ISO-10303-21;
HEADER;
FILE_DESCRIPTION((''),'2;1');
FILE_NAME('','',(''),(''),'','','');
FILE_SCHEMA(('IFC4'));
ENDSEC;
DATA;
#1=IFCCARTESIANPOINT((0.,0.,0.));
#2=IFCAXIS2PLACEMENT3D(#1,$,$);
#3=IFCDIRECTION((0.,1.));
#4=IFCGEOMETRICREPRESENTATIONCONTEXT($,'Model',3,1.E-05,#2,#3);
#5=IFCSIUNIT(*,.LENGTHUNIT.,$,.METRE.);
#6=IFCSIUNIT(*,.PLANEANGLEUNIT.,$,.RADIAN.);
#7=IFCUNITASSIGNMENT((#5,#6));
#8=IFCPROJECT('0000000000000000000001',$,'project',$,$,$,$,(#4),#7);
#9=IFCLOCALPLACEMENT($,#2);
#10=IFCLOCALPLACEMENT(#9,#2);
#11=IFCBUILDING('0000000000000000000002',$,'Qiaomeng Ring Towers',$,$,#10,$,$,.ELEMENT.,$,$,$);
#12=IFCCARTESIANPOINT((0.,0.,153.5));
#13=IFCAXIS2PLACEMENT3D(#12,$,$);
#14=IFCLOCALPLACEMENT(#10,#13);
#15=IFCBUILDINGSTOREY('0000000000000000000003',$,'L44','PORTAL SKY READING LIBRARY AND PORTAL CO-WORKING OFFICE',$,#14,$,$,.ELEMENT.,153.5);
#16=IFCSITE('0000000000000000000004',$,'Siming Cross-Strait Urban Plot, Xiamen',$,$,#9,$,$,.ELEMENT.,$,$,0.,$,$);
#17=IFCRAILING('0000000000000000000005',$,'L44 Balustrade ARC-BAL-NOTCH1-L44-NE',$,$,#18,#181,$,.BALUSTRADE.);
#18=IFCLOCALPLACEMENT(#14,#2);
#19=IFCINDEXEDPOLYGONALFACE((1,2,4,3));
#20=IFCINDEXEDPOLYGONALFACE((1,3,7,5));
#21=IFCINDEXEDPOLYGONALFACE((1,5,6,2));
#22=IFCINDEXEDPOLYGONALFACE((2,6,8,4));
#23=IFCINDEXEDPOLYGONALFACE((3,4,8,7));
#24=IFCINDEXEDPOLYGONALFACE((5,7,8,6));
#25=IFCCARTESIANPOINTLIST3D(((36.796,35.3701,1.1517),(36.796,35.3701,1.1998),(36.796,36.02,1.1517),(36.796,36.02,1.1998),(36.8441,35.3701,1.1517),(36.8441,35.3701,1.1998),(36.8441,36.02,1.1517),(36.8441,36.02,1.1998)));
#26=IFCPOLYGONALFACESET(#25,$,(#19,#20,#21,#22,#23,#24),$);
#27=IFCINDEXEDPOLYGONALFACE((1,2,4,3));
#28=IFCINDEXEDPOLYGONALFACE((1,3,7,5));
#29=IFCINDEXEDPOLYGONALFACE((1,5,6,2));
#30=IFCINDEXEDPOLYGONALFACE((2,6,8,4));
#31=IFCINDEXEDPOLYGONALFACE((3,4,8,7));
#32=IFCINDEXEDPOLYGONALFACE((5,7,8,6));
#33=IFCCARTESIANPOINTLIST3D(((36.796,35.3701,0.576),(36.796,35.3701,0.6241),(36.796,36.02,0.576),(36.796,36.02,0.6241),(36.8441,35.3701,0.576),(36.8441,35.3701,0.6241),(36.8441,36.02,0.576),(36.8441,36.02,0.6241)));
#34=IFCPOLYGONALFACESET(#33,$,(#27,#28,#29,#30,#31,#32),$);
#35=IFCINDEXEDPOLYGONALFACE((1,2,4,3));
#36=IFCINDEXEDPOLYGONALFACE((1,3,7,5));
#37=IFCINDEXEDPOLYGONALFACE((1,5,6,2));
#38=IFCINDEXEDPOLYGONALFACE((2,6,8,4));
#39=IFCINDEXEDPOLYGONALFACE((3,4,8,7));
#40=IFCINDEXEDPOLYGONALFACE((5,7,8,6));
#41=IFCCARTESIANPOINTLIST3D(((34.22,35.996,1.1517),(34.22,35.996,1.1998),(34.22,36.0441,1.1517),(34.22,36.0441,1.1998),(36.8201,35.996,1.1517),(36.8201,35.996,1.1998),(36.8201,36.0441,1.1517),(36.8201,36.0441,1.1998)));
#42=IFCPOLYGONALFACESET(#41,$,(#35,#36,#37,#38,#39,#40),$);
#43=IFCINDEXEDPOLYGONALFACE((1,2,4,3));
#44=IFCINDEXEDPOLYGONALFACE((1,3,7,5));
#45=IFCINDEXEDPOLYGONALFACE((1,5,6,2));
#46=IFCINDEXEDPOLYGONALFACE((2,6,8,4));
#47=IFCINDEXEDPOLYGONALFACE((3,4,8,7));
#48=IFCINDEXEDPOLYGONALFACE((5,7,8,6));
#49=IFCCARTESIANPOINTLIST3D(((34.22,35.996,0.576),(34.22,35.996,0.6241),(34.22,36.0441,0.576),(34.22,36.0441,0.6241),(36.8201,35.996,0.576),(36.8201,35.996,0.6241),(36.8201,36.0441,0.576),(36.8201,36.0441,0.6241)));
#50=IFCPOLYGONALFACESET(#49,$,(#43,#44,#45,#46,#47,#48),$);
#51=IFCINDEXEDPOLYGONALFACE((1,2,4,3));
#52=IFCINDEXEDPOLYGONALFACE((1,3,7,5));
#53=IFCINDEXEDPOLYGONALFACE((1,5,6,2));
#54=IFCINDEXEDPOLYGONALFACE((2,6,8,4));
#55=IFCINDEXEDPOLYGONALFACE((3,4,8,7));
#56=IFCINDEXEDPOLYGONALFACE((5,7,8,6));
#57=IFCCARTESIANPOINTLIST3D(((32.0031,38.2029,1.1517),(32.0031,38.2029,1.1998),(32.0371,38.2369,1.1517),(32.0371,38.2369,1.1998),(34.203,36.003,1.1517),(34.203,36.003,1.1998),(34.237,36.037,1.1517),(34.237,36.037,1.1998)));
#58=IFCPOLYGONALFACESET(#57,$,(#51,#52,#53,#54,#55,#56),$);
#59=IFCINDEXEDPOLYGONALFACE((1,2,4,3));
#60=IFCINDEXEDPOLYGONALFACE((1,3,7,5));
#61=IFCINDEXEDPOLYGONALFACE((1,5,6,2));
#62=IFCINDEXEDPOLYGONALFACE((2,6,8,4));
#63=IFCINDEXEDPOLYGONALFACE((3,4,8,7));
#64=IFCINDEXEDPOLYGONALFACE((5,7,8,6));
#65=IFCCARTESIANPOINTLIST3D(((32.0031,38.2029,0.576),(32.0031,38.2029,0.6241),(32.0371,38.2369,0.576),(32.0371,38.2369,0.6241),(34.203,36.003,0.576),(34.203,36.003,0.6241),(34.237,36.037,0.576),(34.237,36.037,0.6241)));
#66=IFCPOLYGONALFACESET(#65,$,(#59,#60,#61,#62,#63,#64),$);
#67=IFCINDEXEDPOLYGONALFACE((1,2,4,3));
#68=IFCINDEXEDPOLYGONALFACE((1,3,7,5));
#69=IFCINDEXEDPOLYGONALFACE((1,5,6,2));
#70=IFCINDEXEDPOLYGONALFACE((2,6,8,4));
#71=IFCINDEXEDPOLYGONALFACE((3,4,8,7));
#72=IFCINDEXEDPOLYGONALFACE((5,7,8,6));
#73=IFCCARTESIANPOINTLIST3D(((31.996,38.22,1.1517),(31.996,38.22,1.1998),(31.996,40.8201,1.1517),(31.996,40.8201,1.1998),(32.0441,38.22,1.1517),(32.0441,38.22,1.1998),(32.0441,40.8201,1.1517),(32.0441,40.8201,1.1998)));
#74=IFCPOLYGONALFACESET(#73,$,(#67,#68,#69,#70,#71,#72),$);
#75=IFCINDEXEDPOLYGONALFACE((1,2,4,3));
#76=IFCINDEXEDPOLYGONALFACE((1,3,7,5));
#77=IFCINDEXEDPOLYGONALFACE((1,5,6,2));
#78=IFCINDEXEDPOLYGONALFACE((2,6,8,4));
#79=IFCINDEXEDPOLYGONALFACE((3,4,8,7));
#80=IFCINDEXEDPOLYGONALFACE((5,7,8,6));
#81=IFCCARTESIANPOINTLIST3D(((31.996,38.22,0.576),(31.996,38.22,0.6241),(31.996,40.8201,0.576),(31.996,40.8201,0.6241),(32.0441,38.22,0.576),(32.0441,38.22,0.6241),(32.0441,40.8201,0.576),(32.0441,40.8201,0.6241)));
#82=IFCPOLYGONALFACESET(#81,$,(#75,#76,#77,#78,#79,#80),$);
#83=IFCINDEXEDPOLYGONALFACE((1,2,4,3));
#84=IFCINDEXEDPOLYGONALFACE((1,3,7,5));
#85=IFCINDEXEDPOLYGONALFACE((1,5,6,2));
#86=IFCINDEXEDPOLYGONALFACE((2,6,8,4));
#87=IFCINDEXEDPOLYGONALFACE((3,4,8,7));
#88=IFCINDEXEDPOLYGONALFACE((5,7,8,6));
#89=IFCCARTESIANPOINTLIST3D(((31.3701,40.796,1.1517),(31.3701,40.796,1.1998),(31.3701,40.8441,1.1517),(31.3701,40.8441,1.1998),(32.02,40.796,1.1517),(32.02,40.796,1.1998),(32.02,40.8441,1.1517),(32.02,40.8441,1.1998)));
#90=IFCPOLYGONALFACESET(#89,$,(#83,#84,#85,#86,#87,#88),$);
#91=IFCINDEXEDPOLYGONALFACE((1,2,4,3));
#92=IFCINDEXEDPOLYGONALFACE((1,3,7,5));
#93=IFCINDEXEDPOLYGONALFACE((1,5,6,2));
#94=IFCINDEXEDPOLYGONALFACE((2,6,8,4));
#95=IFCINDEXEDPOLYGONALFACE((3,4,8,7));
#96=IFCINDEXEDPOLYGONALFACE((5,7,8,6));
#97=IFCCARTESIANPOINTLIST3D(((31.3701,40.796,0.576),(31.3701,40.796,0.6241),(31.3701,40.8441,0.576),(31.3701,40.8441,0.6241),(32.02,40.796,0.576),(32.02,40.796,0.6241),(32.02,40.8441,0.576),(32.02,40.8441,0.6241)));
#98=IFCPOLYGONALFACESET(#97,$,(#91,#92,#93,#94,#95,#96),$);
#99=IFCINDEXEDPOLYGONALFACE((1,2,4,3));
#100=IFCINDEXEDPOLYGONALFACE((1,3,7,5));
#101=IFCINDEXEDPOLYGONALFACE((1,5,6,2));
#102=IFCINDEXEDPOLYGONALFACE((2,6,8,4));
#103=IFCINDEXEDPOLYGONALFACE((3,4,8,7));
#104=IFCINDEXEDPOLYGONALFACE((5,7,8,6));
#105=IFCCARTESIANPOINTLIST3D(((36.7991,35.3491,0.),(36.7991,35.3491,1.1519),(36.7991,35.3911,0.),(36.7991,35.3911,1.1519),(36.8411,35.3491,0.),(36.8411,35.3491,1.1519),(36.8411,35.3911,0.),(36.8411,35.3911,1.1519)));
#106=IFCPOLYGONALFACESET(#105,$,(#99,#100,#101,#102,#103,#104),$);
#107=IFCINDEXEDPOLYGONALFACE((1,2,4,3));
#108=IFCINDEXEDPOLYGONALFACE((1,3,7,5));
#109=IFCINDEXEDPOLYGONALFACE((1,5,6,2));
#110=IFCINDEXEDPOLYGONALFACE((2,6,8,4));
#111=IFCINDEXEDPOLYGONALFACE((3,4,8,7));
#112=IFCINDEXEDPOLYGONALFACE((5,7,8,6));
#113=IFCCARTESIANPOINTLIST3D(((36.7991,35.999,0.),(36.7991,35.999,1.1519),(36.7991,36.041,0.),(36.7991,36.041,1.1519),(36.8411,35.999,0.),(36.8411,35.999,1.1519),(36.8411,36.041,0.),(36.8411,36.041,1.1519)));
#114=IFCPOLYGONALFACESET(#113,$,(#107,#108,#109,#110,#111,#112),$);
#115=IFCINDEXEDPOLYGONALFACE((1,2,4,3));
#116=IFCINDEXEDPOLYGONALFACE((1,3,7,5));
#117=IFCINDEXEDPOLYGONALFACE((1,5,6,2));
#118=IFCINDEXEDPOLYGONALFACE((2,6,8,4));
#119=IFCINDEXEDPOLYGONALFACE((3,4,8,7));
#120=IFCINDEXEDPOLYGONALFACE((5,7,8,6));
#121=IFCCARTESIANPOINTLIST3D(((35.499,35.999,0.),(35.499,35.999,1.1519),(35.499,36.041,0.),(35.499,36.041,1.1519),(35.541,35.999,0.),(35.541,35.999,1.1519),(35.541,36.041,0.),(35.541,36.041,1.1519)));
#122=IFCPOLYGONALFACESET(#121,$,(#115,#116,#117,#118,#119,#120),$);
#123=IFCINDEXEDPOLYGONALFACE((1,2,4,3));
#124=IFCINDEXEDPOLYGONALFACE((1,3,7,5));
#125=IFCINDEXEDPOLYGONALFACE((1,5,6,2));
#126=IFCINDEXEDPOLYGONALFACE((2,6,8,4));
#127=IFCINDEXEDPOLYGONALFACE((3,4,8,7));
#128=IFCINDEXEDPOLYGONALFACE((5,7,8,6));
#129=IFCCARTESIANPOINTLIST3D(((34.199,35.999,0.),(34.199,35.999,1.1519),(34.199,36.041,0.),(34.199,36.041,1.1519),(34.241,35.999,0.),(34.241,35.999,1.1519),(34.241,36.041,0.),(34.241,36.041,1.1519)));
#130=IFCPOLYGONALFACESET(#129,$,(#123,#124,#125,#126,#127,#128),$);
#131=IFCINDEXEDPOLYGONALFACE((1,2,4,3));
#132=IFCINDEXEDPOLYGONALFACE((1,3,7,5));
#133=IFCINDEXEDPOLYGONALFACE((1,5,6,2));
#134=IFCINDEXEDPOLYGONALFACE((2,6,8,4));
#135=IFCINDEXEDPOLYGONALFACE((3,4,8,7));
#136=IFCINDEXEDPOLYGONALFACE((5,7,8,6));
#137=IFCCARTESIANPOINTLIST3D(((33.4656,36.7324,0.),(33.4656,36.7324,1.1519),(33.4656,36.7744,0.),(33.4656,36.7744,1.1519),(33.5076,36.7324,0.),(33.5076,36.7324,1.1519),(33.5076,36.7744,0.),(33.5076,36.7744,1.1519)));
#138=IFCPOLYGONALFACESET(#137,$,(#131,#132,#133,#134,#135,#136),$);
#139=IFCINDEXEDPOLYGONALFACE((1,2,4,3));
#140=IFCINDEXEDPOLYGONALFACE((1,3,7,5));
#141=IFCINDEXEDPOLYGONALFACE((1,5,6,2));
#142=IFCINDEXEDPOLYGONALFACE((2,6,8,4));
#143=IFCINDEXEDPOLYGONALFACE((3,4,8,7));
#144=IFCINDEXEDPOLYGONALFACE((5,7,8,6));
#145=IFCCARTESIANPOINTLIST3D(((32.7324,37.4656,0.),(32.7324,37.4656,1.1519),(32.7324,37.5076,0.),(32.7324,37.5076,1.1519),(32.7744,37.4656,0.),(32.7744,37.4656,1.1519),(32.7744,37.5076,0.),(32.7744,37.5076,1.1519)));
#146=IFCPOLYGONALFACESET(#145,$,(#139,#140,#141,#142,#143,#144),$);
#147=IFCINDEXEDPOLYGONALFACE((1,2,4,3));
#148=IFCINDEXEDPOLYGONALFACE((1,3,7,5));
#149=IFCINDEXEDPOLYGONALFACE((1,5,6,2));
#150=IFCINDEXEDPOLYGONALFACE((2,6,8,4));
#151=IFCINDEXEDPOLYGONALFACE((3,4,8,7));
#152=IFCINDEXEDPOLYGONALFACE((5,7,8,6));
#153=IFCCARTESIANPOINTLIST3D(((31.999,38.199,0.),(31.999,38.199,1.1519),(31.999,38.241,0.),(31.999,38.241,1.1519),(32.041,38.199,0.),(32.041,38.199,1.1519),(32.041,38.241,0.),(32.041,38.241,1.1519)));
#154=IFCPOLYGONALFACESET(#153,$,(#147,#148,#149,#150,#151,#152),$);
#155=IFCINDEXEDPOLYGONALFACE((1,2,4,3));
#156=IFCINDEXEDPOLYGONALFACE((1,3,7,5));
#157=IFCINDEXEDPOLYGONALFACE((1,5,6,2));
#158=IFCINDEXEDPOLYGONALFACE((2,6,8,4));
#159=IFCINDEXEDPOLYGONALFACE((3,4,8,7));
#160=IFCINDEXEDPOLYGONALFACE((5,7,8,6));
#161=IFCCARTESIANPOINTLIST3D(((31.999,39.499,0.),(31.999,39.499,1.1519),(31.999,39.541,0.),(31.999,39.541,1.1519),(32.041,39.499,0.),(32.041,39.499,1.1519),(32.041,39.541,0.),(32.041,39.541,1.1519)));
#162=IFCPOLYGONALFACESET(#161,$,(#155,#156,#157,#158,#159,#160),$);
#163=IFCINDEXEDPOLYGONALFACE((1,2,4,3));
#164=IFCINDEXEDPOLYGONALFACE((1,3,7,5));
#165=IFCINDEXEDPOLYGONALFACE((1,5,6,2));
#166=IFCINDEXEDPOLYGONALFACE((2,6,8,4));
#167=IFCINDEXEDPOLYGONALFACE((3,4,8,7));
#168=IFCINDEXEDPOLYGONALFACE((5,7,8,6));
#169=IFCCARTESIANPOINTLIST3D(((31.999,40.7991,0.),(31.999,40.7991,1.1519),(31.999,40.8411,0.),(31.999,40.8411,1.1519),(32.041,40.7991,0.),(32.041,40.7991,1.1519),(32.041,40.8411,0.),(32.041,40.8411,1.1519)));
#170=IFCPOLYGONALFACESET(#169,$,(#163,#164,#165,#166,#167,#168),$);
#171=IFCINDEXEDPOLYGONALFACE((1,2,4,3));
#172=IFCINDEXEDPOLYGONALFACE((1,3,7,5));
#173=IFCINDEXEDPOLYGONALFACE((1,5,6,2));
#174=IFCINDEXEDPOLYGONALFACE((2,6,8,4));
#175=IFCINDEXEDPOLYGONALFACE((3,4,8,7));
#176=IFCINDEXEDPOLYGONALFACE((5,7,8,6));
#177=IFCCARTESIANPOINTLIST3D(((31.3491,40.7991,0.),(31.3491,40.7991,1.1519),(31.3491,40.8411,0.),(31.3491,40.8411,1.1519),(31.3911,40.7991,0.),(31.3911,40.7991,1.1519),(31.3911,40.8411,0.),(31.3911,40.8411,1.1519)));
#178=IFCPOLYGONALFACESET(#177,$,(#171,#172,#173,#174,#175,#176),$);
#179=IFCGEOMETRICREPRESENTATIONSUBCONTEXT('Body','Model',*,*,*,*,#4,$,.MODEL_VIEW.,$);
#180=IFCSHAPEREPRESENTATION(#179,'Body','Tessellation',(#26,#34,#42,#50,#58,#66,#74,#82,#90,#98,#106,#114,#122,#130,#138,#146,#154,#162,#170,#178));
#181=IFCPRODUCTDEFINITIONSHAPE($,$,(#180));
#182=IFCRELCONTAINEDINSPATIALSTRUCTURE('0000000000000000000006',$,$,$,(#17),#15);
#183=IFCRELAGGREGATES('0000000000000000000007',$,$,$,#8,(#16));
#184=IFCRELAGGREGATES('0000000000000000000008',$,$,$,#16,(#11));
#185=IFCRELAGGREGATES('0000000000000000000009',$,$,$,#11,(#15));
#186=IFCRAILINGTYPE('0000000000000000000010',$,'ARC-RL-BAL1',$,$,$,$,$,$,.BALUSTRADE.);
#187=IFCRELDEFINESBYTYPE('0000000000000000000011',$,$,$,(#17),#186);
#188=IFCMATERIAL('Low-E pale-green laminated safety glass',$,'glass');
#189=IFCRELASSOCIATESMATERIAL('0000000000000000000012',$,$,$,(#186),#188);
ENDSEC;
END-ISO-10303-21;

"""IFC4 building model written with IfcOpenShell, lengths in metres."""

from ifc_helpers import new_model, si_unit, direction, frame, origin, origin_2d, place, context, subcontext, project, spatial, rectangle, extrude, material, type_object, element, save


model = new_model("IFC4")

# Units and contexts
model_context = context("Model", 3, precision=1e-05, world=origin(), true_north=direction((0.0, 1.0)))
body_context = subcontext(model_context, "Body", "Model", "MODEL_VIEW")
ifc_project = project(units=[si_unit("LENGTHUNIT", "METRE"), si_unit("PLANEANGLEUNIT", "RADIAN")], contexts=[model_context])

# Site, building, storey
site_placement = place(None, origin())
site = spatial("IfcSite", under=ifc_project, at=site_placement, Name="Siming Cross-Strait Urban Plot, Xiamen", CompositionType="ELEMENT", RefElevation=0.0)
building_placement = place(site_placement, origin())
building = spatial("IfcBuilding", under=site, at=building_placement, Name="Qiaomeng Ring Towers", CompositionType="ELEMENT")
storey_placement = place(building_placement, frame((0.0, 0.0, 153.5)))
storey = spatial("IfcBuildingStorey", under=building, at=storey_placement, Name="L44", Description="PORTAL SKY READING LIBRARY AND PORTAL CO-WORKING OFFICE", CompositionType="ELEMENT", Elevation=153.5)

# Railing
ifc_material_1 = material(Name="Low-E pale-green laminated safety glass", Category="glass")
railing_type = type_object("IfcRailingType", Name="ARC-RL-BAL1", PredefinedType="BALUSTRADE", material=ifc_material_1)
railing_placement = place(storey_placement, frame((36.8201, 35.3701, 0.0)))
element("IfcRailing", 1, at=railing_placement, inside=storey, type_object=railing_type, Name="L44 Balustrade ARC-BAL-NOTCH1-L44-NE", PredefinedType="BALUSTRADE", context=body_context, shape_type="SweptSolid", body=[
    extrude(rectangle(XDim=0.0481, YDim=0.0481, at=origin_2d()), frame((0.0, 0.0, 1.1758), z_axis=(0.0, 1.0, 0.0), x_axis=(-1.0, 0.0, 0.0)), (0.0, 0.0, 1.0), 0.6499),
    extrude(rectangle(XDim=0.0481, YDim=0.0481, at=origin_2d()), frame((0.0, 0.0, 0.6001), z_axis=(0.0, 1.0, 0.0), x_axis=(-1.0, 0.0, 0.0)), (0.0, 0.0, 1.0), 0.6499),
    extrude(rectangle(XDim=0.0481, YDim=0.0481, at=origin_2d()), frame((0.0, 0.6499, 1.1758), z_axis=(-1.0, 0.0, 0.0), x_axis=(0.0, -1.0, 0.0)), (0.0, 0.0, 1.0), 2.6001),
    extrude(rectangle(XDim=0.0481, YDim=0.0481, at=origin_2d()), frame((0.0, 0.6499, 0.6001), z_axis=(-1.0, 0.0, 0.0), x_axis=(0.0, -1.0, 0.0)), (0.0, 0.0, 1.0), 2.6001),
    extrude(rectangle(XDim=0.0481, YDim=0.0481, at=origin_2d()), frame((-2.6001, 0.6499, 1.1758), z_axis=(-0.707107, 0.707107, 0.0), x_axis=(-0.707107, -0.707107, 0.0)), (0.0, 0.0, 1.0), 3.1111),
    extrude(rectangle(XDim=0.0481, YDim=0.0481, at=origin_2d()), frame((-2.6001, 0.6499, 0.6001), z_axis=(-0.707107, 0.707107, 0.0), x_axis=(-0.707107, -0.707107, 0.0)), (0.0, 0.0, 1.0), 3.1111),
    extrude(rectangle(XDim=0.0481, YDim=0.0481, at=origin_2d()), frame((-4.8, 2.8499, 1.1758), z_axis=(0.0, 1.0, 0.0), x_axis=(-1.0, 0.0, 0.0)), (0.0, 0.0, 1.0), 2.6001),
    extrude(rectangle(XDim=0.0481, YDim=0.0481, at=origin_2d()), frame((-4.8, 2.8499, 0.6001), z_axis=(0.0, 1.0, 0.0), x_axis=(-1.0, 0.0, 0.0)), (0.0, 0.0, 1.0), 2.6001),
    extrude(rectangle(XDim=0.0481, YDim=0.0481, at=origin_2d()), frame((-4.8, 5.45, 1.1758), z_axis=(-1.0, 0.0, 0.0), x_axis=(0.0, -1.0, 0.0)), (0.0, 0.0, 1.0), 0.6499),
    extrude(rectangle(XDim=0.0481, YDim=0.0481, at=origin_2d()), frame((-4.8, 5.45, 0.6001), z_axis=(-1.0, 0.0, 0.0), x_axis=(0.0, -1.0, 0.0)), (0.0, 0.0, 1.0), 0.6499),
    extrude(rectangle(XDim=0.042, YDim=0.042, at=origin_2d()), origin(), (0.0, 0.0, 1.0), 1.1519),
    extrude(rectangle(XDim=0.042, YDim=0.042, at=origin_2d()), frame((0.0, 0.6499, 0.0)), (0.0, 0.0, 1.0), 1.1519),
    extrude(rectangle(XDim=0.042, YDim=0.042, at=origin_2d()), frame((-1.3, 0.6499, 0.0)), (0.0, 0.0, 1.0), 1.1519),
    extrude(rectangle(XDim=0.042, YDim=0.042, at=origin_2d()), frame((-2.6001, 0.6499, 0.0)), (0.0, 0.0, 1.0), 1.1519),
    extrude(rectangle(XDim=0.042, YDim=0.042, at=origin_2d()), frame((-3.3335, 1.3833, 0.0)), (0.0, 0.0, 1.0), 1.1519),
    extrude(rectangle(XDim=0.042, YDim=0.042, at=origin_2d()), frame((-4.0667, 2.1165, 0.0)), (0.0, 0.0, 1.0), 1.1519),
    extrude(rectangle(XDim=0.042, YDim=0.042, at=origin_2d()), frame((-4.8, 2.8499, 0.0)), (0.0, 0.0, 1.0), 1.1519),
    extrude(rectangle(XDim=0.042, YDim=0.042, at=origin_2d()), frame((-4.8, 4.1499, 0.0)), (0.0, 0.0, 1.0), 1.1519),
    extrude(rectangle(XDim=0.042, YDim=0.042, at=origin_2d()), frame((-4.8, 5.45, 0.0)), (0.0, 0.0, 1.0), 1.1519),
    extrude(rectangle(XDim=0.042, YDim=0.042, at=origin_2d()), frame((-5.45, 5.45, 0.0)), (0.0, 0.0, 1.0), 1.1519),
])

save(model, "model.ifc")
